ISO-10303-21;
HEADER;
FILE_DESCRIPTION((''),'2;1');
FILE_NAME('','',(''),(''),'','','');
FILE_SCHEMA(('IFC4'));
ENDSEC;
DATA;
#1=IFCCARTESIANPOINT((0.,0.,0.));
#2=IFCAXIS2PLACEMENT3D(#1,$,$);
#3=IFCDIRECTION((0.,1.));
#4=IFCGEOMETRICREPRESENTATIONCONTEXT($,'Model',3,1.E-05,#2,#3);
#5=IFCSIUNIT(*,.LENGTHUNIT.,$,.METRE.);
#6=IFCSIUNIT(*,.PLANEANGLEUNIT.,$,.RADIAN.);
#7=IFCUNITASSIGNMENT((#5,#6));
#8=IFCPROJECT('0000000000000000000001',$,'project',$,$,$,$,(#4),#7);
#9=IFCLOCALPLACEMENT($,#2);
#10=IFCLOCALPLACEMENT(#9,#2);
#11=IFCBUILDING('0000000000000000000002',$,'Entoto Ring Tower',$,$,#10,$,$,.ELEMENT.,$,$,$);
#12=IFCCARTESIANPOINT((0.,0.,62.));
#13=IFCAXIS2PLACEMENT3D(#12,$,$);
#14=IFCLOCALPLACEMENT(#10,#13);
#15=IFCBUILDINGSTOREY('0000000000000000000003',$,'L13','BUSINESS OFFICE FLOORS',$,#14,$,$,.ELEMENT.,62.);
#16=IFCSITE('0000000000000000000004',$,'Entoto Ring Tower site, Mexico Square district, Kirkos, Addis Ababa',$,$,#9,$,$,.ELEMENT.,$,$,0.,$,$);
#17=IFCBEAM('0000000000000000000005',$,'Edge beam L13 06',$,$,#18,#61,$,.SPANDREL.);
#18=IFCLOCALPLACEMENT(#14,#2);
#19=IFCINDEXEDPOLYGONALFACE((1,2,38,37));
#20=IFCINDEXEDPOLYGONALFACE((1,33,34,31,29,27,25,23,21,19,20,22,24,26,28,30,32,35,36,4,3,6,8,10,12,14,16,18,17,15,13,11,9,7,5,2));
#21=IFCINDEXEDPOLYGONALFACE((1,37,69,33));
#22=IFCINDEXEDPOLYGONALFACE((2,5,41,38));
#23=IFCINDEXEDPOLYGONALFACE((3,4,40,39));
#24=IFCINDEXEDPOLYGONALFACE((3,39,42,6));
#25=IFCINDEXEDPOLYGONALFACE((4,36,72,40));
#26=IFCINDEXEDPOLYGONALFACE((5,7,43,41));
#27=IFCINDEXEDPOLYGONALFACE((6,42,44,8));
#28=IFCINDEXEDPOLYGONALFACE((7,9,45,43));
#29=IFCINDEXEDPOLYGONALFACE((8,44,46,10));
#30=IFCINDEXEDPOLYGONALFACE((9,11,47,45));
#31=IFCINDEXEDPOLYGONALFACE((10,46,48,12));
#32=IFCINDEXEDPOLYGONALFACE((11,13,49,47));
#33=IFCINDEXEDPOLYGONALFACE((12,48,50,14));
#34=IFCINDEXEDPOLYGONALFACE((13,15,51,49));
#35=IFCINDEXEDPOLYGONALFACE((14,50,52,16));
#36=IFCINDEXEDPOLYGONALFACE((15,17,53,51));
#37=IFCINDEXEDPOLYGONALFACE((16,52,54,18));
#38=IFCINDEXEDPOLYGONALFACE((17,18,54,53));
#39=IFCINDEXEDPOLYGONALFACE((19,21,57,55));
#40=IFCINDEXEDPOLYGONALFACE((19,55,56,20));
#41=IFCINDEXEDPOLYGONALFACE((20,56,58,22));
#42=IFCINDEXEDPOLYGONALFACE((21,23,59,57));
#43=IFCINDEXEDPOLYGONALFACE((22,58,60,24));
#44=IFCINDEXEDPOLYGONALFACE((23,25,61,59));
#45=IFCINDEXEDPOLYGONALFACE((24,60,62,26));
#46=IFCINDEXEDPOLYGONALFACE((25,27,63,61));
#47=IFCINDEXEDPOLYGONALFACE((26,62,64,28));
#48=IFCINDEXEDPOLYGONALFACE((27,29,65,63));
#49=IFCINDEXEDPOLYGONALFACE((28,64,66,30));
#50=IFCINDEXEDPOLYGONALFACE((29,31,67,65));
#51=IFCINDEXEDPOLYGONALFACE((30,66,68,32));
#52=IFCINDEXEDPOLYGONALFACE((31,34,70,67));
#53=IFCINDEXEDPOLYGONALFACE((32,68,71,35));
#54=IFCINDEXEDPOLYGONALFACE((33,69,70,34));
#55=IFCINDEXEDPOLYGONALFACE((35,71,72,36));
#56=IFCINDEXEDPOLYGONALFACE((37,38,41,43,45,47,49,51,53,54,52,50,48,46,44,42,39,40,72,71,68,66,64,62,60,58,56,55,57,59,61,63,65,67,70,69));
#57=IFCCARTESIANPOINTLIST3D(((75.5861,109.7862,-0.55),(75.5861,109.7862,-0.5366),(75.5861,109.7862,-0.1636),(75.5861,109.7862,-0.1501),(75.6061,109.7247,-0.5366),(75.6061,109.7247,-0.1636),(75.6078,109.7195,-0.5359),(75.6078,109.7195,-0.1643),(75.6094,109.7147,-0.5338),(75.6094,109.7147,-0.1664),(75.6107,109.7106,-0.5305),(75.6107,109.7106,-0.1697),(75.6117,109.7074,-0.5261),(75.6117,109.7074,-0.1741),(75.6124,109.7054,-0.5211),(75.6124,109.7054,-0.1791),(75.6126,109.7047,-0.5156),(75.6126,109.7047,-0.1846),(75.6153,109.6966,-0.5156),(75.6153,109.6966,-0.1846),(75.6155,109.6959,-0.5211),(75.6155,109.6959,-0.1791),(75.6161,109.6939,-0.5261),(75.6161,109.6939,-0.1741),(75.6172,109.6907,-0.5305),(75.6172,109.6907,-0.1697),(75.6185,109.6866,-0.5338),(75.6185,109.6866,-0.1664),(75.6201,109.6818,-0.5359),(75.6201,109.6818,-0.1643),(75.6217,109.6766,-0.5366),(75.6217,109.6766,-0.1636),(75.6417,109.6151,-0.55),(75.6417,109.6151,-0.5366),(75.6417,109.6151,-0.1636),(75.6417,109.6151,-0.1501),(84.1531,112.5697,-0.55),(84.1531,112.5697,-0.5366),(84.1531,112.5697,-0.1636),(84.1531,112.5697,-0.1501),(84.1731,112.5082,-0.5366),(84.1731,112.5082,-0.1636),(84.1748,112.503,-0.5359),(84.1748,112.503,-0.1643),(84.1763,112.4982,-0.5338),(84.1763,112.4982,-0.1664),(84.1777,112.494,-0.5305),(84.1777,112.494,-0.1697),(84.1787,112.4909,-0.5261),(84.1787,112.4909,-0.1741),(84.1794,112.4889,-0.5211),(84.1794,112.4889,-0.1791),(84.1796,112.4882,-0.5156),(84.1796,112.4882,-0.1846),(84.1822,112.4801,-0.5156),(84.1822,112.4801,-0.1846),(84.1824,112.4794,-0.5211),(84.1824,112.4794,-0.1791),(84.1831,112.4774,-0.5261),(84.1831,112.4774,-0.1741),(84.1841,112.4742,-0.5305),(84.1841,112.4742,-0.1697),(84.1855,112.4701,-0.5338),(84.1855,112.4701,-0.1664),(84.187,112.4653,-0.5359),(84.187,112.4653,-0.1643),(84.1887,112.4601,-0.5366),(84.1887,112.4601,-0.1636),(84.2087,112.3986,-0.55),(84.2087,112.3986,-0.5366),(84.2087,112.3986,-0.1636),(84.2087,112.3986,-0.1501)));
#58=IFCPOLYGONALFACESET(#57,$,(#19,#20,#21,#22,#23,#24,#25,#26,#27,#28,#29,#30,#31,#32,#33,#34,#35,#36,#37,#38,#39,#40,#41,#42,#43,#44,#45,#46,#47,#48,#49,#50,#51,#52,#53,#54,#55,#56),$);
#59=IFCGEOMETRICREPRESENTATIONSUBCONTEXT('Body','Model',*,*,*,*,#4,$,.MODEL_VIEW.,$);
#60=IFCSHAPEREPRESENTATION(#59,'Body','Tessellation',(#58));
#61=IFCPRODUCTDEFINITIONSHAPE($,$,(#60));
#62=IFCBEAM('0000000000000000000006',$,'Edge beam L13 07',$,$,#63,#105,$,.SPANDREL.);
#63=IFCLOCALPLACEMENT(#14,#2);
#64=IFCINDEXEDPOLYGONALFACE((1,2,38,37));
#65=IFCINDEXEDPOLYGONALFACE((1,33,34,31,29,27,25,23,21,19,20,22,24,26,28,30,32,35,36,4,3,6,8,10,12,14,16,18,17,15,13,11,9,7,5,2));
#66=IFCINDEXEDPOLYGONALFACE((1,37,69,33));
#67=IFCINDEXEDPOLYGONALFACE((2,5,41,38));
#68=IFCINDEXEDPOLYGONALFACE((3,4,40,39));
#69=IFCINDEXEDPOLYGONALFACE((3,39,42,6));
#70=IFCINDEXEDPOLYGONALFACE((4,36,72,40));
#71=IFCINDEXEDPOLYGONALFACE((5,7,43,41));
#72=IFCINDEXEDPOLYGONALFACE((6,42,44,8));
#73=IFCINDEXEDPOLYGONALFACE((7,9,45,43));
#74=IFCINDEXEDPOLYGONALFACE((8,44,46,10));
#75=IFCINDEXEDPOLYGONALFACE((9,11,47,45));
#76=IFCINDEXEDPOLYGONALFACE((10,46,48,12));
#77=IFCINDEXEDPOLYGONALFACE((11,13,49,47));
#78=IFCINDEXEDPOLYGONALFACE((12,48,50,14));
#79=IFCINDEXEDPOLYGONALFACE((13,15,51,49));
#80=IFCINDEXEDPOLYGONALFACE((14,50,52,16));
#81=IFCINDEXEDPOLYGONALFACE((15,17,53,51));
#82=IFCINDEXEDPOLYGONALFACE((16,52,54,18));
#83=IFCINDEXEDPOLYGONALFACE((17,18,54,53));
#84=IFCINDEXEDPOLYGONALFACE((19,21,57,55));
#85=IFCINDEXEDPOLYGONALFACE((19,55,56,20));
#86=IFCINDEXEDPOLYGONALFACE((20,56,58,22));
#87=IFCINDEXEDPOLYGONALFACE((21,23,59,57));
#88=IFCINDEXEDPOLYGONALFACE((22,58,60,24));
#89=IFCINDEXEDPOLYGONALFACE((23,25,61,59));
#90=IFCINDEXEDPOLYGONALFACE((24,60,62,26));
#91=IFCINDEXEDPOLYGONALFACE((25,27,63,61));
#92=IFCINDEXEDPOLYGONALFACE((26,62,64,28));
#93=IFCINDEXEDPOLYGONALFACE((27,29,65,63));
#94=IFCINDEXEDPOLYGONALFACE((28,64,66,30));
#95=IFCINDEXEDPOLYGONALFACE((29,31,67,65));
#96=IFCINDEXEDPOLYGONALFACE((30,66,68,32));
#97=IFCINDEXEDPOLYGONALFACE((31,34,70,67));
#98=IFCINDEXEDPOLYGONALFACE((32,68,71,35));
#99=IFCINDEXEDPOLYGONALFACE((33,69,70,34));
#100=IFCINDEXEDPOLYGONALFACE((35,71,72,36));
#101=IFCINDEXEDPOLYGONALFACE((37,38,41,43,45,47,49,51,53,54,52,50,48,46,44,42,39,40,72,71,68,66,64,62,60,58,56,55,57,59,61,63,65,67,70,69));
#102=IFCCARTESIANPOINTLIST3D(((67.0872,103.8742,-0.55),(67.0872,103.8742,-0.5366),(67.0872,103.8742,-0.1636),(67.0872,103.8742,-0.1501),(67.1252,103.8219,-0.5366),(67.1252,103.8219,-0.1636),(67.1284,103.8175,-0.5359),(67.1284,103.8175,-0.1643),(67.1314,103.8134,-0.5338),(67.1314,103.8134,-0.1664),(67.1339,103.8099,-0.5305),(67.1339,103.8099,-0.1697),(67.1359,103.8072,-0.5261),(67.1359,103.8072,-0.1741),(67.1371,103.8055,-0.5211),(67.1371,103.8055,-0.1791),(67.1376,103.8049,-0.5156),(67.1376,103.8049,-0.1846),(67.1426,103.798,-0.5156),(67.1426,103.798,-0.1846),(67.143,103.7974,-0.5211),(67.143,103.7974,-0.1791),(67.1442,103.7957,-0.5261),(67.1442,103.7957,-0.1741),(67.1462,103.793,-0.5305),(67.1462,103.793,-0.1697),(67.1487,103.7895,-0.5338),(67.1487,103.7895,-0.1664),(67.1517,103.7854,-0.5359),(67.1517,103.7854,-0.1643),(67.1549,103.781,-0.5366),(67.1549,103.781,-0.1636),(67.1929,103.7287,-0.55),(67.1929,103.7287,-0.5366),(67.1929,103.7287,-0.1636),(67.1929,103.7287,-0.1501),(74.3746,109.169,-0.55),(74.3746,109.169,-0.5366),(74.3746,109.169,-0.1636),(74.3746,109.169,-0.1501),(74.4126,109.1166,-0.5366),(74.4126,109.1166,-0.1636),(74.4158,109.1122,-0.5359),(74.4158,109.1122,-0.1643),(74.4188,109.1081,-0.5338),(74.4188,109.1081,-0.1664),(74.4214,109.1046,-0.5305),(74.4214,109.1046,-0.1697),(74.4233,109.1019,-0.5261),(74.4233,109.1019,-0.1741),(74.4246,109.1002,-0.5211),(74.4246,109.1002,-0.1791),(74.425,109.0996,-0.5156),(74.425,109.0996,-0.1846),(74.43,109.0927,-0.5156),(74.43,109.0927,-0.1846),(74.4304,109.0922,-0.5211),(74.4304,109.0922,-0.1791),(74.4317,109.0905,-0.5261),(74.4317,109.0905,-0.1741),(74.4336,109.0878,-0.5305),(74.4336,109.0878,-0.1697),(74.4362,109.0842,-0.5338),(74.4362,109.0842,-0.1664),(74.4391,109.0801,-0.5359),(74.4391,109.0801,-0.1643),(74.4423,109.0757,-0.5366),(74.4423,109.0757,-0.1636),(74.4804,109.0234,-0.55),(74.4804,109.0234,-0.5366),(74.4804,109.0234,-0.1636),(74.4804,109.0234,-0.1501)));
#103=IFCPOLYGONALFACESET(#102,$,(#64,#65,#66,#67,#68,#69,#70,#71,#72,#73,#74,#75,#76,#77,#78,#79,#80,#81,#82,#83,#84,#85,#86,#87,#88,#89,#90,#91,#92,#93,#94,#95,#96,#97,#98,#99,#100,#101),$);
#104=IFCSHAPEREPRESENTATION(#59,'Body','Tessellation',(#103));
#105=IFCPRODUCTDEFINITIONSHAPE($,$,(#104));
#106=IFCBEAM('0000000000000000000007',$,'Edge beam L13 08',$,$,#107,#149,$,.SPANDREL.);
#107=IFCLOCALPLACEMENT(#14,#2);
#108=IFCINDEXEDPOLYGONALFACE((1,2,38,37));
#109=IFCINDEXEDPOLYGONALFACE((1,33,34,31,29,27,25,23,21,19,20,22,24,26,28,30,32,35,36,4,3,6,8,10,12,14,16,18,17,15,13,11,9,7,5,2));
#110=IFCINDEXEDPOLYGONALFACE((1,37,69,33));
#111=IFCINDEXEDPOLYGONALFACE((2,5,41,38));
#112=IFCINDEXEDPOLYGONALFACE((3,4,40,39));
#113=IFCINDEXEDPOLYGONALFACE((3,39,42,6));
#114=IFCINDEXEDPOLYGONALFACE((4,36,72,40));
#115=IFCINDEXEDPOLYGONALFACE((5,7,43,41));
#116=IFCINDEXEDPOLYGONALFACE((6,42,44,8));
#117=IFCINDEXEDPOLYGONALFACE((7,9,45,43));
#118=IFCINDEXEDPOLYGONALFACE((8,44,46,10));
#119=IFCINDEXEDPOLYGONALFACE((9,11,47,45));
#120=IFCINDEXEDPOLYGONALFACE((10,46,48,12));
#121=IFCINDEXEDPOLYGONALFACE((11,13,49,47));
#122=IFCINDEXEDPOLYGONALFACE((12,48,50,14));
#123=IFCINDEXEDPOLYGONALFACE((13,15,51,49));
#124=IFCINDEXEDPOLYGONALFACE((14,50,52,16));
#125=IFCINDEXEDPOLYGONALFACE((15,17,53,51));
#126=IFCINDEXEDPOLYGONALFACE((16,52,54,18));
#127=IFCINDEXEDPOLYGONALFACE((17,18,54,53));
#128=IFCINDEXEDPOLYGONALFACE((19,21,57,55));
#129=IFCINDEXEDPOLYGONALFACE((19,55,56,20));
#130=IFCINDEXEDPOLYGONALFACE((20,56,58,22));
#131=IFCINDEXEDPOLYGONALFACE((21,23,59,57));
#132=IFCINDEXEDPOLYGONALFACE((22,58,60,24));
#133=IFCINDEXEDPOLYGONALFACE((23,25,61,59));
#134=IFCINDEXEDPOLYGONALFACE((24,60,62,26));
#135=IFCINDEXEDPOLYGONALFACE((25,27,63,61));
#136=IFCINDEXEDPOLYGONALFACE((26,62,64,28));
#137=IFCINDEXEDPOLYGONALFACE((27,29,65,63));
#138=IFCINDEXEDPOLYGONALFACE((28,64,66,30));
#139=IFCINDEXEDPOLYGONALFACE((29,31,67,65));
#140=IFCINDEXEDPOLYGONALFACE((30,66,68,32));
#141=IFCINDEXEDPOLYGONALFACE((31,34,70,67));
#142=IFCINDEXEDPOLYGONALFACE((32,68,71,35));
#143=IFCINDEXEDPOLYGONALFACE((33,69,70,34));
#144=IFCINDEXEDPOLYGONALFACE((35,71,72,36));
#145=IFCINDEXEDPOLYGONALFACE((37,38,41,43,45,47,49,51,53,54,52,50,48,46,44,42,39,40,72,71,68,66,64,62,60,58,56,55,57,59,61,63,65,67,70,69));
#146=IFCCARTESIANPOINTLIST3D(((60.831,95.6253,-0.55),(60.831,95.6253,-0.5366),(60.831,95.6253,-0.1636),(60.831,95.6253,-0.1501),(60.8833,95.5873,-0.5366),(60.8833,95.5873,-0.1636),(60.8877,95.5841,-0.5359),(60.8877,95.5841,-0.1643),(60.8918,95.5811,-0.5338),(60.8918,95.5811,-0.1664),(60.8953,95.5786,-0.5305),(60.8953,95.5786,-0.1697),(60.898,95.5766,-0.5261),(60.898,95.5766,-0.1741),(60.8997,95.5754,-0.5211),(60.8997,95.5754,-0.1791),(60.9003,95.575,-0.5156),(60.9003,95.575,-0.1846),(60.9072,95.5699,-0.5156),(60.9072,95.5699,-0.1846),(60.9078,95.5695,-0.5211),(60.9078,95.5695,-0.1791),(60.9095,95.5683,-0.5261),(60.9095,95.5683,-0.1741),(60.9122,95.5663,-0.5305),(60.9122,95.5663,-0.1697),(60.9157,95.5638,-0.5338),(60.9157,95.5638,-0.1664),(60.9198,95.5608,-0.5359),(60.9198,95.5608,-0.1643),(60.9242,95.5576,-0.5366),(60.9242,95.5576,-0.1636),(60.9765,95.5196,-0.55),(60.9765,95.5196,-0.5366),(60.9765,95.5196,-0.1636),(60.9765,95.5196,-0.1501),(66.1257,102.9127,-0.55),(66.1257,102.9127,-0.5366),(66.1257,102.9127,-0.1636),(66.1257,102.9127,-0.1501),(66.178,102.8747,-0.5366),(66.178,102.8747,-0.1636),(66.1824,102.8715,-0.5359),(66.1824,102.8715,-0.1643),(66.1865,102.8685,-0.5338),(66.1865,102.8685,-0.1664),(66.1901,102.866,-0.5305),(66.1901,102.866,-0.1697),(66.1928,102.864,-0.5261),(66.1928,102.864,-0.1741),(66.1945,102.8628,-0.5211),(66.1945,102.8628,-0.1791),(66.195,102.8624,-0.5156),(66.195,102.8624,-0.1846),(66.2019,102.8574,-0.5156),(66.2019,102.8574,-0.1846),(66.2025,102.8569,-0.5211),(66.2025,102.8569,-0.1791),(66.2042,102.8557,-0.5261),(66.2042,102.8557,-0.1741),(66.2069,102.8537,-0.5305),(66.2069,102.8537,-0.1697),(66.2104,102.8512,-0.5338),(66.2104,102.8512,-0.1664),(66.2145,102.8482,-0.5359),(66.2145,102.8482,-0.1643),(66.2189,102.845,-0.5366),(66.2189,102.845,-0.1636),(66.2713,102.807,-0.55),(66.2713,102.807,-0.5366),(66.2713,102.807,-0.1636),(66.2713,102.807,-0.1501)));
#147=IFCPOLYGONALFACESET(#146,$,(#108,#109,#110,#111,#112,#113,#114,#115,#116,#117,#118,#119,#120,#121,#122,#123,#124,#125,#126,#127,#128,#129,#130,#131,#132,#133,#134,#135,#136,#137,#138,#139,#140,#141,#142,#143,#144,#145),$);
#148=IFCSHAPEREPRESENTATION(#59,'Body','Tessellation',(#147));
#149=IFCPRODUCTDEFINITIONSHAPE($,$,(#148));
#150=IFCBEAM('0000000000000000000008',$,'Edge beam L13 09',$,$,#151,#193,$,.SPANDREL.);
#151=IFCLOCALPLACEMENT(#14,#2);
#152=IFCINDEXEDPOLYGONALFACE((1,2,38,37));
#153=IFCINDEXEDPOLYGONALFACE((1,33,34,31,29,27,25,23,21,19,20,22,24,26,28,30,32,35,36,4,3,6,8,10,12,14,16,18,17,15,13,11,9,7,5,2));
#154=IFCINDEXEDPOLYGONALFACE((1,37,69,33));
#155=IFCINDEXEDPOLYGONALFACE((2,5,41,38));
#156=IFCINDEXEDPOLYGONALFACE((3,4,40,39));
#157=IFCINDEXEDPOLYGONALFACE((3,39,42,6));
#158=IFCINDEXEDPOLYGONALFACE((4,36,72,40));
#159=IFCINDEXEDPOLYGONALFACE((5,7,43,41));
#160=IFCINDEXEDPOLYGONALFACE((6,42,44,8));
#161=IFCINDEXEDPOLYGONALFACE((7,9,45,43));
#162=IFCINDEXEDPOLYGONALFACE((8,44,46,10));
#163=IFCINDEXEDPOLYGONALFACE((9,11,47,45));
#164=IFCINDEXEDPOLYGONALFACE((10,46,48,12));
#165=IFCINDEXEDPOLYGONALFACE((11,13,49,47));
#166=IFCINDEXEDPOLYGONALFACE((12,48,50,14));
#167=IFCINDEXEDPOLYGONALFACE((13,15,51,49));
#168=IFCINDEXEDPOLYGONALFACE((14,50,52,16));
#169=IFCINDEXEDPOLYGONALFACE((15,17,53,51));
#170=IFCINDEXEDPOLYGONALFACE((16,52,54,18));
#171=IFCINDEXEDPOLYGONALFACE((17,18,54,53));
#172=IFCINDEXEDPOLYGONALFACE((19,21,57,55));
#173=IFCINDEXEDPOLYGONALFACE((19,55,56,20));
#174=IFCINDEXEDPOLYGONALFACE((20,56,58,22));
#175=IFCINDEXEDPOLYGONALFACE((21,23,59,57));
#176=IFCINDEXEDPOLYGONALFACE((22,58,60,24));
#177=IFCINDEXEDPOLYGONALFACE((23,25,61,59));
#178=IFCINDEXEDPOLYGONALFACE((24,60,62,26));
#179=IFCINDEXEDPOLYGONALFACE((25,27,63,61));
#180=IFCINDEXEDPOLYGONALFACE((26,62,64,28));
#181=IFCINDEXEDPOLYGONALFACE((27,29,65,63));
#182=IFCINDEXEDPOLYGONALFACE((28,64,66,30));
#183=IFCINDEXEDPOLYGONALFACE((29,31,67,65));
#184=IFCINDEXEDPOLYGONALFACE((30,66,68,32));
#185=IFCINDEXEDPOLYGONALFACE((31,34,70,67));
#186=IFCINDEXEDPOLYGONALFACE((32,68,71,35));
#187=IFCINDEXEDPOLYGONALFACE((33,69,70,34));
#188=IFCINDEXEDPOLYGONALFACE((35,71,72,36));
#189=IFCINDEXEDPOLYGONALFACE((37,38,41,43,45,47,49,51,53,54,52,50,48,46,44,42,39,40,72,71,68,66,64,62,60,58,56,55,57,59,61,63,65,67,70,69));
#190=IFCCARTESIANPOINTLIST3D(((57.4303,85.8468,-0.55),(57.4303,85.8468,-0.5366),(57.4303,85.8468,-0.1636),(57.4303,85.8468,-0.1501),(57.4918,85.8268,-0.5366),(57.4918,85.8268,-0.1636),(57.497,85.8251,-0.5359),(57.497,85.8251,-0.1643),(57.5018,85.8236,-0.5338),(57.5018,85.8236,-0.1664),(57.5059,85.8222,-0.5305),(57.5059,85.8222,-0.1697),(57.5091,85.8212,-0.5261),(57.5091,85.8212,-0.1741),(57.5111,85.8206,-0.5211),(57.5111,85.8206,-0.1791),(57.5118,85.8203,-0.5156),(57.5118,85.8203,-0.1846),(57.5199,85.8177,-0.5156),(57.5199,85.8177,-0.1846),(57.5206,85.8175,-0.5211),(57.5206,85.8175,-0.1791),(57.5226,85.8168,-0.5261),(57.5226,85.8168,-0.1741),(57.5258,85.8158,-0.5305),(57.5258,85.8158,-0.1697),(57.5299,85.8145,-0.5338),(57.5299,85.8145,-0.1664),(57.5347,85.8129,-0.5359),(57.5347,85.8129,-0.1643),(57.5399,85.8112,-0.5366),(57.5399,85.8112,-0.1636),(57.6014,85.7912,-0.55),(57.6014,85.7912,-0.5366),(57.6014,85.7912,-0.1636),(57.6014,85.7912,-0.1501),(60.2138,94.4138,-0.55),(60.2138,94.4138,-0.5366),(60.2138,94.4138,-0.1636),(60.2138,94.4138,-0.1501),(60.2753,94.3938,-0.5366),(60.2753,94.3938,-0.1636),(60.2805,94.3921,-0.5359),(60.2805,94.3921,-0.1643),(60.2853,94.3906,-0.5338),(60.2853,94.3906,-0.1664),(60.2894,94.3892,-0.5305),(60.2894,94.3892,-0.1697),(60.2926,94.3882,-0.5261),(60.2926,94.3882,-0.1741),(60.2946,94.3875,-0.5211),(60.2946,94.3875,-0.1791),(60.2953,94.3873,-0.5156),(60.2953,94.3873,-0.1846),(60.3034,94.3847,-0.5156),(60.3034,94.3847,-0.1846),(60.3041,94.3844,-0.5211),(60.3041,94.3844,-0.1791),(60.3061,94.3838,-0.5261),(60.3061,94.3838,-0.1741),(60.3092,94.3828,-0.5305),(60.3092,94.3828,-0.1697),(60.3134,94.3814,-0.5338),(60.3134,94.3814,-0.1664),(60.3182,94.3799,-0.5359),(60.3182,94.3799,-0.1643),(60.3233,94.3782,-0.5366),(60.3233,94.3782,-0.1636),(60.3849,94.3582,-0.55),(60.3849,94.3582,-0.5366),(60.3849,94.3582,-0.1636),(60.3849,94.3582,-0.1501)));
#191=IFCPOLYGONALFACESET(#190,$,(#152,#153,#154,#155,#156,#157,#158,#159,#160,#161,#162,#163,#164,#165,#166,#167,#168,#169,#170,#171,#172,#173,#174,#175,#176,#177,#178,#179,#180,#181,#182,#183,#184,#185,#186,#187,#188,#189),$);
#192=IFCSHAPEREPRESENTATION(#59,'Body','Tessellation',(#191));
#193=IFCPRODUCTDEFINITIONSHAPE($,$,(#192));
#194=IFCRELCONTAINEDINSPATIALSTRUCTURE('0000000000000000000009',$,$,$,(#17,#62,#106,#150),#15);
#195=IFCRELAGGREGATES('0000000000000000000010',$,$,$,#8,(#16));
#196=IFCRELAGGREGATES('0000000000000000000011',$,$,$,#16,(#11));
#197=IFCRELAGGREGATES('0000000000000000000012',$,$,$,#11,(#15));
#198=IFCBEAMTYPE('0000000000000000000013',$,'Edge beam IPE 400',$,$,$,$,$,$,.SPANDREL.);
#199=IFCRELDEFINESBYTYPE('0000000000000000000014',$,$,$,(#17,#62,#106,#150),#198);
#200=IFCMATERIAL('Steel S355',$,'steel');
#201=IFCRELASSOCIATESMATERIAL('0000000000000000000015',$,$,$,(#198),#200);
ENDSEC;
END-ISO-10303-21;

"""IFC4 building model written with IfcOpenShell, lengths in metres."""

from ifc_helpers import new_model, si_unit, direction, frame, origin, origin_2d, place, context, subcontext, project, spatial, i_section, extrude, material, material_profile, profile_set, type_object, element, save


model = new_model("IFC4")

# Units and contexts
model_context = context("Model", 3, precision=1e-05, world=origin(), true_north=direction((0.0, 1.0)))
body_context = subcontext(model_context, "Body", "Model", "MODEL_VIEW")
ifc_project = project(units=[si_unit("LENGTHUNIT", "METRE"), si_unit("PLANEANGLEUNIT", "RADIAN")], contexts=[model_context])

# Site, building, storey
site_placement = place(None, origin())
site = spatial("IfcSite", under=ifc_project, at=site_placement, Name="Entoto Ring Tower site, Mexico Square district, Kirkos, Addis Ababa", CompositionType="ELEMENT", RefElevation=0.0)
building_placement = place(site_placement, origin())
building = spatial("IfcBuilding", under=site, at=building_placement, Name="Entoto Ring Tower", CompositionType="ELEMENT")
storey_placement = place(building_placement, frame((0.0, 0.0, 62.0)))
storey = spatial("IfcBuildingStorey", under=building, at=storey_placement, Name="L13", Description="BUSINESS OFFICE FLOORS", CompositionType="ELEMENT", Elevation=62.0)

# Beams
ifc_material_1 = material(Name="Steel S355", Category="steel")
ifc_material_profile_1 = material_profile(ifc_material_1, i_section(OverallWidth=0.1799, OverallDepth=0.3999, WebThickness=0.0085, FlangeThickness=0.0134, FilletRadius=0.021, at=origin_2d()), Name="IPE 400")
ifc_profile_set_1 = profile_set([ifc_material_profile_1], Name="Steel S355")
beam_type_1 = type_object("IfcBeamType", Name="Edge beam IPE 400", PredefinedType="SPANDREL", material=ifc_profile_set_1)
for number, where, z_axis, x_axis, name in (
    (1, (84.1809, 112.4841, -0.3501), (-0.95106, -0.309006, 0.0), (0.309006, -0.95106, 0.0), "Edge beam L13 06"),
    (2, (74.4275, 109.0962, -0.3501), (-0.809011, -0.587793, 0.0), (0.587793, -0.809011, 0.0), "Edge beam L13 07"),
    (3, (66.1985, 102.8599, -0.3501), (-0.587793, -0.809011, 0.0), (0.809011, -0.587793, 0.0), "Edge beam L13 08"),
    (4, (60.2993, 94.386, -0.3501), (-0.309006, -0.95106, 0.0), (0.95106, -0.309006, 0.0), "Edge beam L13 09"),
):
    element("IfcBeam", number, at=place(storey_placement, frame(where, z_axis=z_axis, x_axis=x_axis)), inside=storey, type_object=beam_type_1, Name=name, PredefinedType="SPANDREL", context=body_context, shape_type="SweptSolid", body=[
        extrude(i_section(OverallWidth=0.1799, OverallDepth=0.3999, WebThickness=0.0085, FlangeThickness=0.0134, FilletRadius=0.021, at=origin_2d()), origin(), (0.0, 0.0, 1.0), 9.0078),
    ])

save(model, "model.ifc")
